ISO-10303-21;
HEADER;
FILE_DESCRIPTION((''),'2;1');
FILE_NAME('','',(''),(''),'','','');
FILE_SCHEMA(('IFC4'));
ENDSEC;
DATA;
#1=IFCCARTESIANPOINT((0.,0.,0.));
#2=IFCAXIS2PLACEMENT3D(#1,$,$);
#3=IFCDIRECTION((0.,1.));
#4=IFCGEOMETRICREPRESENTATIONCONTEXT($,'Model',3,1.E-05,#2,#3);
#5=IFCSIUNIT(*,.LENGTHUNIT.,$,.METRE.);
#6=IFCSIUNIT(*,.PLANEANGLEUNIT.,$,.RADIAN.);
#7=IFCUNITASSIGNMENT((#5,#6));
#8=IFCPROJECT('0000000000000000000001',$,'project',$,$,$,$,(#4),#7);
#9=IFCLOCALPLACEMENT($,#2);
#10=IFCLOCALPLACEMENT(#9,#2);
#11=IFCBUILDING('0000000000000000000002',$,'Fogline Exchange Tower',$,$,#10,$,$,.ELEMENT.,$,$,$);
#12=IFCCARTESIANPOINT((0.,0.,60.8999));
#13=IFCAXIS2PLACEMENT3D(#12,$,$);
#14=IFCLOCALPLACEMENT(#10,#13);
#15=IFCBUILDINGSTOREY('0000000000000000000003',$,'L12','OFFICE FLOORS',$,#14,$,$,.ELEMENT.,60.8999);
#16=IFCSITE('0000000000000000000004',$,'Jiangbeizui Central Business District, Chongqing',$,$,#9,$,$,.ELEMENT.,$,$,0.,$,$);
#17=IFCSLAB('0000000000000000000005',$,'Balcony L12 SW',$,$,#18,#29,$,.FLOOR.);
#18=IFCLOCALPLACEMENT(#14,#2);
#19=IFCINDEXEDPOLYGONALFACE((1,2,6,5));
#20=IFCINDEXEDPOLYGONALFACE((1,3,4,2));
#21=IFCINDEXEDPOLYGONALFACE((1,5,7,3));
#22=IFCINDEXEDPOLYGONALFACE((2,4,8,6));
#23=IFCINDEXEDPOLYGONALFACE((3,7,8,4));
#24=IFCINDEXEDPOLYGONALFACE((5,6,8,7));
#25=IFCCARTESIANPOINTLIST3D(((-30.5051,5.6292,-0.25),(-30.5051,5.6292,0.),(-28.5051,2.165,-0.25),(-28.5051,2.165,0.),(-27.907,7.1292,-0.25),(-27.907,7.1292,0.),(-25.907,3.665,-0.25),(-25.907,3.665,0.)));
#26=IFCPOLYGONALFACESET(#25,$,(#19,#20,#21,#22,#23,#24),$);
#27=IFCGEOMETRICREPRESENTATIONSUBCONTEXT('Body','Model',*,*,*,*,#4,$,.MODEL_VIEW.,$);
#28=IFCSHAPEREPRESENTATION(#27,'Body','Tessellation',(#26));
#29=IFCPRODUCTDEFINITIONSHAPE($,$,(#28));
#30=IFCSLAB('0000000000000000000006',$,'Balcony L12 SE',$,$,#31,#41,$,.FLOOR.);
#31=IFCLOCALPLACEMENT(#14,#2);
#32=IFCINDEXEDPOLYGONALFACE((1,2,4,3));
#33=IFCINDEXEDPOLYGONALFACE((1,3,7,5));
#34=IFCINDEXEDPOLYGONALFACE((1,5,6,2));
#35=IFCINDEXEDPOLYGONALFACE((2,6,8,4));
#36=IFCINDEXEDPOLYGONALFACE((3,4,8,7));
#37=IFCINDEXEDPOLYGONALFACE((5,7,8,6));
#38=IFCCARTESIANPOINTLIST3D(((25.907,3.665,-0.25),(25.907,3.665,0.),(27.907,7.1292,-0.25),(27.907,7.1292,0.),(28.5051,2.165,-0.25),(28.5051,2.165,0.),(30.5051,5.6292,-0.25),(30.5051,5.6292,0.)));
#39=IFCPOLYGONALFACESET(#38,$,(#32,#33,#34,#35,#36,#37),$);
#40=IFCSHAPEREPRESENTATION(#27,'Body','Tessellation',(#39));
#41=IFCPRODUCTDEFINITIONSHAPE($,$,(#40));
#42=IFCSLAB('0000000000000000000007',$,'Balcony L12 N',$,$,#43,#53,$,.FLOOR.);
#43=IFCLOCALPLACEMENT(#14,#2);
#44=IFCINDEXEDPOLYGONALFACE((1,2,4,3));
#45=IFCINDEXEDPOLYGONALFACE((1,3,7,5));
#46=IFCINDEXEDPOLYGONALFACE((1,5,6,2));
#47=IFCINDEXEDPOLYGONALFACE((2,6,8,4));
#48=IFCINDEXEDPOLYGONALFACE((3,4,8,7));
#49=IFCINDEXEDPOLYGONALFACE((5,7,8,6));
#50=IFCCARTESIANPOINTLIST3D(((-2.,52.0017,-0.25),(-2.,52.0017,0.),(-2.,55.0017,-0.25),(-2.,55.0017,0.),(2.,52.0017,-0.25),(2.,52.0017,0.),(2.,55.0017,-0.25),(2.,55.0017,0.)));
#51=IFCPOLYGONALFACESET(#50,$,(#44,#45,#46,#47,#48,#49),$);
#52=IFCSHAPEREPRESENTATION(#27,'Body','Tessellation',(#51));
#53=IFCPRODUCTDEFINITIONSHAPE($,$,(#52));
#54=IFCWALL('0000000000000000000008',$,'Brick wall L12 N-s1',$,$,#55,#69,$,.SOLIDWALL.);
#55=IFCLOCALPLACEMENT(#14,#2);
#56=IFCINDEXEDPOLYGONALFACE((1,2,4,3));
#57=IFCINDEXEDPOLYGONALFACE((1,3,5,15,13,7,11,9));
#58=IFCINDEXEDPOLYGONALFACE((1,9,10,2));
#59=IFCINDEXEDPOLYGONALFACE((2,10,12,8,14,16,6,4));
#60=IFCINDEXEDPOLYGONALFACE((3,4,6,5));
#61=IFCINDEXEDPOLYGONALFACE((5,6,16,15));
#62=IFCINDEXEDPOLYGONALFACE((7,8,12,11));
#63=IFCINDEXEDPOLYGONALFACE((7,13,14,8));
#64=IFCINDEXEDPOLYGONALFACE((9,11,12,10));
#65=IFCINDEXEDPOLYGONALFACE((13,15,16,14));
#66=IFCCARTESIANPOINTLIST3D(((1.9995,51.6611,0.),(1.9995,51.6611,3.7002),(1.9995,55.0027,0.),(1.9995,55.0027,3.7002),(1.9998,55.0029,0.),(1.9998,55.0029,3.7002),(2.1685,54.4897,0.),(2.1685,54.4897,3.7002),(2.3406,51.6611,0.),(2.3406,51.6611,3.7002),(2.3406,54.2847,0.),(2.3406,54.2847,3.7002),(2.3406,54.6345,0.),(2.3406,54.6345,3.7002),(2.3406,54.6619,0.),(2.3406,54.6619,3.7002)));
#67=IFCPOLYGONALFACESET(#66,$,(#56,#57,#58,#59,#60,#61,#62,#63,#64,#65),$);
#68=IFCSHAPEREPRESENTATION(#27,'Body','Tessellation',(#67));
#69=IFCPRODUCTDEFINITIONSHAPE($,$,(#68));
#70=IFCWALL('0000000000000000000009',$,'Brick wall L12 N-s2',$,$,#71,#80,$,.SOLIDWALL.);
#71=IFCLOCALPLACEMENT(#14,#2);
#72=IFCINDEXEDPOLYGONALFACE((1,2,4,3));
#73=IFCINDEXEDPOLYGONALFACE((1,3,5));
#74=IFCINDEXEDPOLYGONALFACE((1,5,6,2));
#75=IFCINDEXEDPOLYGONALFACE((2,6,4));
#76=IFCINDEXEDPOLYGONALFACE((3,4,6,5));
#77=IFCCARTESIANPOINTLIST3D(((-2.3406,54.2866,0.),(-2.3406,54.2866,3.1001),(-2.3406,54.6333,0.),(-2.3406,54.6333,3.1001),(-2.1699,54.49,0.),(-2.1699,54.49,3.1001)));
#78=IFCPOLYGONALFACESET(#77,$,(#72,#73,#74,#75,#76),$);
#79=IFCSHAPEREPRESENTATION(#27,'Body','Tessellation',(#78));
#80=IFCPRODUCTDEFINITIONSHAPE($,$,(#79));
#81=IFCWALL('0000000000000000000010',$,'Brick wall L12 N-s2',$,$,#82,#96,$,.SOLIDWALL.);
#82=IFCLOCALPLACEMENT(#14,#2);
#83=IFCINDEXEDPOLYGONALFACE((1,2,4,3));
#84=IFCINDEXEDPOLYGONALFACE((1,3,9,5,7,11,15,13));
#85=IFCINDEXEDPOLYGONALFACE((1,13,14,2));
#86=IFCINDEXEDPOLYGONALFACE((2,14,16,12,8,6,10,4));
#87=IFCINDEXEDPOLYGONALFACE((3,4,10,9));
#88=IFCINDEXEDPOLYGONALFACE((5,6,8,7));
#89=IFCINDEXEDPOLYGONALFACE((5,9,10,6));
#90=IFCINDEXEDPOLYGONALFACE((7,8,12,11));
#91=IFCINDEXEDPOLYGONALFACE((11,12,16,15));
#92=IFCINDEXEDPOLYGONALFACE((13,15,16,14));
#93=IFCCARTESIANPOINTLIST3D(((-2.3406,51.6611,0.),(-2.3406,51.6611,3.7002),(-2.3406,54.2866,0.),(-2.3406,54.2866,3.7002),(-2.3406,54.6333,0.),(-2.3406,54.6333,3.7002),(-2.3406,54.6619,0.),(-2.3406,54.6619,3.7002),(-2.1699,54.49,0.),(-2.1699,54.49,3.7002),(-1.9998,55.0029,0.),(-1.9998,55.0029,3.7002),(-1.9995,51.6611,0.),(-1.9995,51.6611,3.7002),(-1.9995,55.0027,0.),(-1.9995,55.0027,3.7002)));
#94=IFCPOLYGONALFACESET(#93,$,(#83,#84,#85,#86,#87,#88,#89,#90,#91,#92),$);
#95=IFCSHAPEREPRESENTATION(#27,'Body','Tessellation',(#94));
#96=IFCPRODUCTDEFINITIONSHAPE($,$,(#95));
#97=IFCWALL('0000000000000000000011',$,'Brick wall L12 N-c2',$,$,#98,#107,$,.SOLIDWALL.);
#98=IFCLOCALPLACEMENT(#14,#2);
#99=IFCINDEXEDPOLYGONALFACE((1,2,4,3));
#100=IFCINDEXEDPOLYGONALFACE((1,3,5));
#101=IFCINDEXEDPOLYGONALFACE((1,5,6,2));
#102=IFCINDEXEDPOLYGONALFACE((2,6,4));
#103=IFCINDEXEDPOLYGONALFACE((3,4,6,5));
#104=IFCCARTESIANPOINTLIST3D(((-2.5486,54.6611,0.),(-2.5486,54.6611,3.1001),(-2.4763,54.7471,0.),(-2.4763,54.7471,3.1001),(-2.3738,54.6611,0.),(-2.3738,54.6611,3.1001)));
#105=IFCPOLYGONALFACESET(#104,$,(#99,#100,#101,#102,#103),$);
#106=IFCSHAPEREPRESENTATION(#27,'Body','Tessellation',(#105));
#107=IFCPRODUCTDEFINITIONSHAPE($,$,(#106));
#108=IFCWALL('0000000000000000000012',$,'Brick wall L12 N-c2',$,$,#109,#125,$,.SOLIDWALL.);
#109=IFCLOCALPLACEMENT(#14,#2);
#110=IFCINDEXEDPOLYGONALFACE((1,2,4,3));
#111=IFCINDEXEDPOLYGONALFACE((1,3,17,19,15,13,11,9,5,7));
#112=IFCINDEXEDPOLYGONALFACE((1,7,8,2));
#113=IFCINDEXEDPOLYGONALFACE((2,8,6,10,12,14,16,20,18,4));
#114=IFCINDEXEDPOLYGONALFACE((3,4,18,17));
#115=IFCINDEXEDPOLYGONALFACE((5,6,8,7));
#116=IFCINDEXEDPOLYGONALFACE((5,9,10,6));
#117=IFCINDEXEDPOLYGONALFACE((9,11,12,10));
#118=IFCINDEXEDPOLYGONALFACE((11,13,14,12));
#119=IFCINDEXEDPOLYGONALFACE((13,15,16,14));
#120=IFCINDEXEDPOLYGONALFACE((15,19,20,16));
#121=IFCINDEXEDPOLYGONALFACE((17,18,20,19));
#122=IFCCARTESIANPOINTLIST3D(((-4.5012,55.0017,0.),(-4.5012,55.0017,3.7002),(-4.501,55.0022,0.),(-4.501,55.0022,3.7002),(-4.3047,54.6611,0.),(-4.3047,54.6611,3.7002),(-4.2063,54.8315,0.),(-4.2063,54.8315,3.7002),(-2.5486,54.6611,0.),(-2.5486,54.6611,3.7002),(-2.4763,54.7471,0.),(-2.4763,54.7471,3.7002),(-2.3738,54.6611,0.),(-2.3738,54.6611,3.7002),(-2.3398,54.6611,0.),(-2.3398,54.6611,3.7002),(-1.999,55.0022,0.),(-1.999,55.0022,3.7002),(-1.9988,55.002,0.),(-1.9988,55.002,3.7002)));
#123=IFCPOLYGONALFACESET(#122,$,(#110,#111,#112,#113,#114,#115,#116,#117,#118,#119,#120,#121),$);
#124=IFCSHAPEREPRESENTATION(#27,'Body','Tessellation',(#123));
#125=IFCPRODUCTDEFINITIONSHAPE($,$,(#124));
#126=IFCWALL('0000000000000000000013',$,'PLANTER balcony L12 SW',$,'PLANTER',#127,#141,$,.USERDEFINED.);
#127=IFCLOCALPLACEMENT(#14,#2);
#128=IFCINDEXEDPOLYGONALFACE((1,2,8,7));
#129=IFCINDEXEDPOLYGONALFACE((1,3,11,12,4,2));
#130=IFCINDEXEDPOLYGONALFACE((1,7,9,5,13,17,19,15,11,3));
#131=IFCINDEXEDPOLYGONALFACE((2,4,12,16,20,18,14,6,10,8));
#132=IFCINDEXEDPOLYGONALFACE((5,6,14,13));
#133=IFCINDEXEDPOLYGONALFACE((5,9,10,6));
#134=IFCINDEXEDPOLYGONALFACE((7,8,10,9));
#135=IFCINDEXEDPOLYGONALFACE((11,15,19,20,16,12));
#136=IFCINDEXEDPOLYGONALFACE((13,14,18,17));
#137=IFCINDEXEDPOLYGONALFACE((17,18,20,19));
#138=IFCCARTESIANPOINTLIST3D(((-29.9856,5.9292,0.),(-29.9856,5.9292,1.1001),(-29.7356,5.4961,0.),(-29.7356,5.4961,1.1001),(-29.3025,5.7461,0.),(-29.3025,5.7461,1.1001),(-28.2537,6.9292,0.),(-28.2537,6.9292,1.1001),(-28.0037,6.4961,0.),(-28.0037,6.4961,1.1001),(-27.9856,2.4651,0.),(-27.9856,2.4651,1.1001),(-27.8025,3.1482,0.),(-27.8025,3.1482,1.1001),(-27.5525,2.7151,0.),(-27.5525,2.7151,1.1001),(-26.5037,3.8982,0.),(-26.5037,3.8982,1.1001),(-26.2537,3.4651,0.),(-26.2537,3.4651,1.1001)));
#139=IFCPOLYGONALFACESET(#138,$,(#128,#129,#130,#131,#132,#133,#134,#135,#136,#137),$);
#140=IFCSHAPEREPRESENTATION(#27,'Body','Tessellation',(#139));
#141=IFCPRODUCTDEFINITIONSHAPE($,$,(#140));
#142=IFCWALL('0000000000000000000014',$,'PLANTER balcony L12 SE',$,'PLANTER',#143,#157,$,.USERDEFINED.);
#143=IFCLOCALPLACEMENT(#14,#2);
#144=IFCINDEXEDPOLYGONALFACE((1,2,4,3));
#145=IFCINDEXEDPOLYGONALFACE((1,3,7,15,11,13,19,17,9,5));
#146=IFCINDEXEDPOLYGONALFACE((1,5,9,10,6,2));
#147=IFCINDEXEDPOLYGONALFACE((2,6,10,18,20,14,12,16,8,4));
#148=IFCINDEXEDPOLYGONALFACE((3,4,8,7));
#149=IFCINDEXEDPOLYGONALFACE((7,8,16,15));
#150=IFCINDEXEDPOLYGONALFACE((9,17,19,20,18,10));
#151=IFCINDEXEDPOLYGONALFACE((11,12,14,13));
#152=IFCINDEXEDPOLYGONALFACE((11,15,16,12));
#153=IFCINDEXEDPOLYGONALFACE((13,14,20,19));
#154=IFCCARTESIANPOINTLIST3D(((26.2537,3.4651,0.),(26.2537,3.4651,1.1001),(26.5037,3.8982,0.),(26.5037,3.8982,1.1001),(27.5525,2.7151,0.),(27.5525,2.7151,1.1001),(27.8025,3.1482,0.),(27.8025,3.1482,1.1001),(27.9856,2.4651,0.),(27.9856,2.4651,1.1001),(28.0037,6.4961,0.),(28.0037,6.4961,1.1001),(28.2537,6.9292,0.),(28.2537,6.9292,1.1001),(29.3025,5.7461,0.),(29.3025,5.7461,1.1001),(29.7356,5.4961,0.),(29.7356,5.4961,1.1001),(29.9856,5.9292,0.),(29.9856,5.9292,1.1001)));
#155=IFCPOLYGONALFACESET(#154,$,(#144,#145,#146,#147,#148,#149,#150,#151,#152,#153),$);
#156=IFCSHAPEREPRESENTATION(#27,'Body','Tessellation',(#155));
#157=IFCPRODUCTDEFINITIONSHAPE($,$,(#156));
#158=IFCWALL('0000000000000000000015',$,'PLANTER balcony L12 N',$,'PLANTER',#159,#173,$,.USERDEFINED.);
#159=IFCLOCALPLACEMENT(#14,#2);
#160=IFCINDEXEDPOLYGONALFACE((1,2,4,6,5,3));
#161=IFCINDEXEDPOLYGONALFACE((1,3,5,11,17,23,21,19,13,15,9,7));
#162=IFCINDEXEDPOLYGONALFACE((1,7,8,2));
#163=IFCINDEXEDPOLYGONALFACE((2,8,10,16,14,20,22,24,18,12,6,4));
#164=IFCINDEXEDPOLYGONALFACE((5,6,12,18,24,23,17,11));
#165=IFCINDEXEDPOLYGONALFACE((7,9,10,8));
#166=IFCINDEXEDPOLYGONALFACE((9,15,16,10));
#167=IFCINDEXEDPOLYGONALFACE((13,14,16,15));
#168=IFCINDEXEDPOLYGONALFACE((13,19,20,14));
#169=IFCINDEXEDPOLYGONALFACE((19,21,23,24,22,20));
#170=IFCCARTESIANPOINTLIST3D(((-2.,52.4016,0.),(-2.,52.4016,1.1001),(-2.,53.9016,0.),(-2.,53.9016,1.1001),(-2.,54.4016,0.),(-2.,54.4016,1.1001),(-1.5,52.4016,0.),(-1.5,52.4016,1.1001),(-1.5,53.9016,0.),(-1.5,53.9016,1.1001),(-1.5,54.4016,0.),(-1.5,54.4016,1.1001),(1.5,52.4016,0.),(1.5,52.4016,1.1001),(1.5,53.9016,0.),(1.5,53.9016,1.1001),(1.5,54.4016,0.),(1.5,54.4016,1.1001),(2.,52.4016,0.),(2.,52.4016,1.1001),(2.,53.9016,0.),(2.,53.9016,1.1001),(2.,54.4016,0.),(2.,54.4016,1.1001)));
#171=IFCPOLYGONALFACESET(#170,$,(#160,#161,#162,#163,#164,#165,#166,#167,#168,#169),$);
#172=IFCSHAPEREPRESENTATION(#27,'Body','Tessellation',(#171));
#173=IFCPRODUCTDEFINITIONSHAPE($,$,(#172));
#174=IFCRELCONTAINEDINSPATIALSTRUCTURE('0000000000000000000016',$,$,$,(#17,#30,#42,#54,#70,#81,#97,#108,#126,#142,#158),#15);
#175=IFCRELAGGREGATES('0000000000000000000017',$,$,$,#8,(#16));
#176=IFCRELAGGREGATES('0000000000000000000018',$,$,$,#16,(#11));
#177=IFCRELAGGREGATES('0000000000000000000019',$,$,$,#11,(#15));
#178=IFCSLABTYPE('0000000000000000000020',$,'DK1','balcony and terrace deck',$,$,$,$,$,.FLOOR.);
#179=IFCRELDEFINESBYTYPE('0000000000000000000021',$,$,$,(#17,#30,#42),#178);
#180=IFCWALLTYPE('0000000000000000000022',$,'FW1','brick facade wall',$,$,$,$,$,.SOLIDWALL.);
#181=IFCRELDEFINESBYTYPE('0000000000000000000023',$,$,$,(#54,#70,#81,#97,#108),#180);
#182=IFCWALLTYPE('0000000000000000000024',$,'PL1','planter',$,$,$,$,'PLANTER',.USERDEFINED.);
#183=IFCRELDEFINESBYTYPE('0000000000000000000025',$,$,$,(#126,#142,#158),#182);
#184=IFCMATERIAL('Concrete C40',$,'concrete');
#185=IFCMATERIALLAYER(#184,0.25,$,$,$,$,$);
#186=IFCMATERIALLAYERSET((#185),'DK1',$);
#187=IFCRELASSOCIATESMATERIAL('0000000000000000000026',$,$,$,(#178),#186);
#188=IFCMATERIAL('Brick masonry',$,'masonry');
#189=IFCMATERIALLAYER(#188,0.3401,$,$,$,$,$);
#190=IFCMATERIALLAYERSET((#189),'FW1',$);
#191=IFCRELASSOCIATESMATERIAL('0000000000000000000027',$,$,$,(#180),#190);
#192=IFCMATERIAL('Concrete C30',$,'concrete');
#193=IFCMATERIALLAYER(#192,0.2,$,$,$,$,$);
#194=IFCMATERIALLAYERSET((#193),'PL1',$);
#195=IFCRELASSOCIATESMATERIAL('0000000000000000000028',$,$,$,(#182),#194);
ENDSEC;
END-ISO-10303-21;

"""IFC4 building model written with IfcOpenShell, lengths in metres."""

from ifc_helpers import new_model, si_unit, direction, frame, origin, place, context, subcontext, project, spatial, polyline, outline, extrude, material, layer, layer_set, type_object, element, save


model = new_model("IFC4")

# Units and contexts
model_context = context("Model", 3, precision=1e-05, world=origin(), true_north=direction((0.0, 1.0)))
body_context = subcontext(model_context, "Body", "Model", "MODEL_VIEW")
ifc_project = project(units=[si_unit("LENGTHUNIT", "METRE"), si_unit("PLANEANGLEUNIT", "RADIAN")], contexts=[model_context])

# Site, building, storey
site_placement = place(None, origin())
site = spatial("IfcSite", under=ifc_project, at=site_placement, Name="Jiangbeizui Central Business District, Chongqing", CompositionType="ELEMENT", RefElevation=0.0)
building_placement = place(site_placement, origin())
building = spatial("IfcBuilding", under=site, at=building_placement, Name="Fogline Exchange Tower", CompositionType="ELEMENT")
storey_placement = place(building_placement, frame((0.0, 0.0, 60.8999)))
storey = spatial("IfcBuildingStorey", under=building, at=storey_placement, Name="L12", Description="OFFICE FLOORS", CompositionType="ELEMENT", Elevation=60.8999)

# Slabs
ifc_material_1 = material(Name="Concrete C40", Category="concrete")
ifc_layer_1 = layer(ifc_material_1, 0.25)
ifc_layer_set_1 = layer_set([ifc_layer_1], Name="DK1")
slab_type = type_object("IfcSlabType", Name="DK1", Description="balcony and terrace deck", PredefinedType="FLOOR", material=ifc_layer_set_1)
slab_1_placement = place(storey_placement, frame((0.0, 0.0, -0.25)))
element("IfcSlab", 1, at=slab_1_placement, inside=storey, type_object=slab_type, Name="Balcony L12 SW", PredefinedType="FLOOR", context=body_context, shape_type="SweptSolid", body=[
    extrude(outline(polyline([(-30.5051, 5.6292), (-28.5051, 2.165), (-25.907, 3.665), (-27.907, 7.1292), (-30.5051, 5.6292)])), origin(), (0.0, 0.0, 1.0), 0.25),
])
slab_2_placement = place(storey_placement, frame((0.0, 0.0, -0.25)))
element("IfcSlab", 2, at=slab_2_placement, inside=storey, type_object=slab_type, Name="Balcony L12 SE", PredefinedType="FLOOR", context=body_context, shape_type="SweptSolid", body=[
    extrude(outline(polyline([(28.5051, 2.165), (30.5051, 5.6292), (27.907, 7.1292), (25.907, 3.665), (28.5051, 2.165)])), origin(), (0.0, 0.0, 1.0), 0.25),
])
slab_3_placement = place(storey_placement, frame((0.0, 0.0, -0.25)))
element("IfcSlab", 3, at=slab_3_placement, inside=storey, type_object=slab_type, Name="Balcony L12 N", PredefinedType="FLOOR", context=body_context, shape_type="SweptSolid", body=[
    extrude(outline(polyline([(2.0, 55.0017), (-2.0, 55.0017), (-2.0, 52.0017), (2.0, 52.0017), (2.0, 55.0017)])), origin(), (0.0, 0.0, 1.0), 0.25),
])

# Walls
ifc_material_2 = material(Name="Brick masonry", Category="masonry")
ifc_layer_2 = layer(ifc_material_2, 0.3401)
ifc_layer_set_2 = layer_set([ifc_layer_2], Name="FW1")
wall_type_1 = type_object("IfcWallType", Name="FW1", Description="brick facade wall", PredefinedType="SOLIDWALL", material=ifc_layer_set_2)
wall_1_placement = place(storey_placement, origin())
element("IfcWall", 4, at=wall_1_placement, inside=storey, type_object=wall_type_1, Name="Brick wall L12 N-s1", PredefinedType="SOLIDWALL", context=body_context, shape_type="SweptSolid", body=[
    extrude(outline(polyline([(1.9995, 51.6611), (1.9995, 55.0027), (1.9998, 55.0029), (2.3406, 54.6619), (2.3406, 54.6345), (2.1685, 54.4897), (2.3406, 54.2847), (2.3406, 51.6611), (1.9995, 51.6611)])), origin(), (0.0, 0.0, 1.0), 3.7002),
])
wall_2_placement = place(storey_placement, origin())
element("IfcWall", 5, at=wall_2_placement, inside=storey, type_object=wall_type_1, Name="Brick wall L12 N-s2", PredefinedType="SOLIDWALL", context=body_context, shape_type="SweptSolid", body=[
    extrude(outline(polyline([(-2.3406, 54.6333), (-2.1699, 54.49), (-2.3406, 54.2866), (-2.3406, 54.6333)])), origin(), (0.0, 0.0, 1.0), 3.1001),
])
wall_3_placement = place(storey_placement, origin())
element("IfcWall", 6, at=wall_3_placement, inside=storey, type_object=wall_type_1, Name="Brick wall L12 N-s2", PredefinedType="SOLIDWALL", context=body_context, shape_type="SweptSolid", body=[
    extrude(outline(polyline([(-1.9995, 51.6611), (-2.3406, 51.6611), (-2.3406, 54.2866), (-2.1699, 54.49), (-2.3406, 54.6333), (-2.3406, 54.6619), (-1.9998, 55.0029), (-1.9995, 55.0027), (-1.9995, 51.6611)])), origin(), (0.0, 0.0, 1.0), 3.7002),
])
wall_4_placement = place(storey_placement, origin())
element("IfcWall", 7, at=wall_4_placement, inside=storey, type_object=wall_type_1, Name="Brick wall L12 N-c2", PredefinedType="SOLIDWALL", context=body_context, shape_type="SweptSolid", body=[
    extrude(outline(polyline([(-2.5486, 54.6611), (-2.4763, 54.7471), (-2.3738, 54.6611), (-2.5486, 54.6611)])), origin(), (0.0, 0.0, 1.0), 3.1001),
])
wall_5_placement = place(storey_placement, origin())
element("IfcWall", 8, at=wall_5_placement, inside=storey, type_object=wall_type_1, Name="Brick wall L12 N-c2", PredefinedType="SOLIDWALL", context=body_context, shape_type="SweptSolid", body=[
    extrude(outline(polyline([(-4.2063, 54.8315), (-4.5012, 55.0017), (-4.501, 55.0022), (-1.999, 55.0022), (-1.9988, 55.002), (-2.3398, 54.6611), (-2.3738, 54.6611), (-2.4763, 54.7471), (-2.5486, 54.6611), (-4.3047, 54.6611), (-4.2063, 54.8315)])), origin(), (0.0, 0.0, 1.0), 3.7002),
])
ifc_material_3 = material(Name="Concrete C30", Category="concrete")
ifc_layer_3 = layer(ifc_material_3, 0.2)
ifc_layer_set_3 = layer_set([ifc_layer_3], Name="PL1")
wall_type_2 = type_object("IfcWallType", Name="PL1", Description="planter", ElementType="PLANTER", PredefinedType="USERDEFINED", material=ifc_layer_set_3)
wall_6_placement = place(storey_placement, origin())
element("IfcWall", 9, at=wall_6_placement, inside=storey, type_object=wall_type_2, Name="PLANTER balcony L12 SW", ObjectType="PLANTER", PredefinedType="USERDEFINED", context=body_context, shape_type="SweptSolid", body=[
    extrude(outline(polyline([(-26.5037, 3.8982), (-27.8025, 3.1482), (-29.3025, 5.7461), (-28.0037, 6.4961), (-28.2537, 6.9292), (-29.9856, 5.9292), (-29.7356, 5.4961), (-27.9856, 2.4651), (-27.5525, 2.7151), (-27.5525, 2.7151), (-26.2537, 3.4651), (-26.5037, 3.8982)])), origin(), (0.0, 0.0, 1.0), 1.1001),
])
wall_7_placement = place(storey_placement, origin())
element("IfcWall", 10, at=wall_7_placement, inside=storey, type_object=wall_type_2, Name="PLANTER balcony L12 SE", ObjectType="PLANTER", PredefinedType="USERDEFINED", context=body_context, shape_type="SweptSolid", body=[
    extrude(outline(polyline([(26.2537, 3.4651), (27.5525, 2.7151), (27.5525, 2.7151), (27.9856, 2.4651), (29.7356, 5.4961), (29.9856, 5.9292), (28.2537, 6.9292), (28.0037, 6.4961), (29.3025, 5.7461), (27.8025, 3.1482), (26.5037, 3.8982), (26.2537, 3.4651)])), origin(), (0.0, 0.0, 1.0), 1.1001),
])
wall_8_placement = place(storey_placement, origin())
element("IfcWall", 11, at=wall_8_placement, inside=storey, type_object=wall_type_2, Name="PLANTER balcony L12 N", ObjectType="PLANTER", PredefinedType="USERDEFINED", context=body_context, shape_type="SweptSolid", body=[
    extrude(outline(polyline([(-1.5, 54.4016), (-2.0, 54.4016), (-2.0, 53.9016), (-2.0, 52.4016), (-1.5, 52.4016), (-1.5, 53.9016), (1.5, 53.9016), (1.5, 52.4016), (2.0, 52.4016), (2.0, 53.9016), (2.0, 54.4016), (1.5, 54.4016), (-1.5, 54.4016)])), origin(), (0.0, 0.0, 1.0), 1.1001),
])

save(model, "model.ifc")
